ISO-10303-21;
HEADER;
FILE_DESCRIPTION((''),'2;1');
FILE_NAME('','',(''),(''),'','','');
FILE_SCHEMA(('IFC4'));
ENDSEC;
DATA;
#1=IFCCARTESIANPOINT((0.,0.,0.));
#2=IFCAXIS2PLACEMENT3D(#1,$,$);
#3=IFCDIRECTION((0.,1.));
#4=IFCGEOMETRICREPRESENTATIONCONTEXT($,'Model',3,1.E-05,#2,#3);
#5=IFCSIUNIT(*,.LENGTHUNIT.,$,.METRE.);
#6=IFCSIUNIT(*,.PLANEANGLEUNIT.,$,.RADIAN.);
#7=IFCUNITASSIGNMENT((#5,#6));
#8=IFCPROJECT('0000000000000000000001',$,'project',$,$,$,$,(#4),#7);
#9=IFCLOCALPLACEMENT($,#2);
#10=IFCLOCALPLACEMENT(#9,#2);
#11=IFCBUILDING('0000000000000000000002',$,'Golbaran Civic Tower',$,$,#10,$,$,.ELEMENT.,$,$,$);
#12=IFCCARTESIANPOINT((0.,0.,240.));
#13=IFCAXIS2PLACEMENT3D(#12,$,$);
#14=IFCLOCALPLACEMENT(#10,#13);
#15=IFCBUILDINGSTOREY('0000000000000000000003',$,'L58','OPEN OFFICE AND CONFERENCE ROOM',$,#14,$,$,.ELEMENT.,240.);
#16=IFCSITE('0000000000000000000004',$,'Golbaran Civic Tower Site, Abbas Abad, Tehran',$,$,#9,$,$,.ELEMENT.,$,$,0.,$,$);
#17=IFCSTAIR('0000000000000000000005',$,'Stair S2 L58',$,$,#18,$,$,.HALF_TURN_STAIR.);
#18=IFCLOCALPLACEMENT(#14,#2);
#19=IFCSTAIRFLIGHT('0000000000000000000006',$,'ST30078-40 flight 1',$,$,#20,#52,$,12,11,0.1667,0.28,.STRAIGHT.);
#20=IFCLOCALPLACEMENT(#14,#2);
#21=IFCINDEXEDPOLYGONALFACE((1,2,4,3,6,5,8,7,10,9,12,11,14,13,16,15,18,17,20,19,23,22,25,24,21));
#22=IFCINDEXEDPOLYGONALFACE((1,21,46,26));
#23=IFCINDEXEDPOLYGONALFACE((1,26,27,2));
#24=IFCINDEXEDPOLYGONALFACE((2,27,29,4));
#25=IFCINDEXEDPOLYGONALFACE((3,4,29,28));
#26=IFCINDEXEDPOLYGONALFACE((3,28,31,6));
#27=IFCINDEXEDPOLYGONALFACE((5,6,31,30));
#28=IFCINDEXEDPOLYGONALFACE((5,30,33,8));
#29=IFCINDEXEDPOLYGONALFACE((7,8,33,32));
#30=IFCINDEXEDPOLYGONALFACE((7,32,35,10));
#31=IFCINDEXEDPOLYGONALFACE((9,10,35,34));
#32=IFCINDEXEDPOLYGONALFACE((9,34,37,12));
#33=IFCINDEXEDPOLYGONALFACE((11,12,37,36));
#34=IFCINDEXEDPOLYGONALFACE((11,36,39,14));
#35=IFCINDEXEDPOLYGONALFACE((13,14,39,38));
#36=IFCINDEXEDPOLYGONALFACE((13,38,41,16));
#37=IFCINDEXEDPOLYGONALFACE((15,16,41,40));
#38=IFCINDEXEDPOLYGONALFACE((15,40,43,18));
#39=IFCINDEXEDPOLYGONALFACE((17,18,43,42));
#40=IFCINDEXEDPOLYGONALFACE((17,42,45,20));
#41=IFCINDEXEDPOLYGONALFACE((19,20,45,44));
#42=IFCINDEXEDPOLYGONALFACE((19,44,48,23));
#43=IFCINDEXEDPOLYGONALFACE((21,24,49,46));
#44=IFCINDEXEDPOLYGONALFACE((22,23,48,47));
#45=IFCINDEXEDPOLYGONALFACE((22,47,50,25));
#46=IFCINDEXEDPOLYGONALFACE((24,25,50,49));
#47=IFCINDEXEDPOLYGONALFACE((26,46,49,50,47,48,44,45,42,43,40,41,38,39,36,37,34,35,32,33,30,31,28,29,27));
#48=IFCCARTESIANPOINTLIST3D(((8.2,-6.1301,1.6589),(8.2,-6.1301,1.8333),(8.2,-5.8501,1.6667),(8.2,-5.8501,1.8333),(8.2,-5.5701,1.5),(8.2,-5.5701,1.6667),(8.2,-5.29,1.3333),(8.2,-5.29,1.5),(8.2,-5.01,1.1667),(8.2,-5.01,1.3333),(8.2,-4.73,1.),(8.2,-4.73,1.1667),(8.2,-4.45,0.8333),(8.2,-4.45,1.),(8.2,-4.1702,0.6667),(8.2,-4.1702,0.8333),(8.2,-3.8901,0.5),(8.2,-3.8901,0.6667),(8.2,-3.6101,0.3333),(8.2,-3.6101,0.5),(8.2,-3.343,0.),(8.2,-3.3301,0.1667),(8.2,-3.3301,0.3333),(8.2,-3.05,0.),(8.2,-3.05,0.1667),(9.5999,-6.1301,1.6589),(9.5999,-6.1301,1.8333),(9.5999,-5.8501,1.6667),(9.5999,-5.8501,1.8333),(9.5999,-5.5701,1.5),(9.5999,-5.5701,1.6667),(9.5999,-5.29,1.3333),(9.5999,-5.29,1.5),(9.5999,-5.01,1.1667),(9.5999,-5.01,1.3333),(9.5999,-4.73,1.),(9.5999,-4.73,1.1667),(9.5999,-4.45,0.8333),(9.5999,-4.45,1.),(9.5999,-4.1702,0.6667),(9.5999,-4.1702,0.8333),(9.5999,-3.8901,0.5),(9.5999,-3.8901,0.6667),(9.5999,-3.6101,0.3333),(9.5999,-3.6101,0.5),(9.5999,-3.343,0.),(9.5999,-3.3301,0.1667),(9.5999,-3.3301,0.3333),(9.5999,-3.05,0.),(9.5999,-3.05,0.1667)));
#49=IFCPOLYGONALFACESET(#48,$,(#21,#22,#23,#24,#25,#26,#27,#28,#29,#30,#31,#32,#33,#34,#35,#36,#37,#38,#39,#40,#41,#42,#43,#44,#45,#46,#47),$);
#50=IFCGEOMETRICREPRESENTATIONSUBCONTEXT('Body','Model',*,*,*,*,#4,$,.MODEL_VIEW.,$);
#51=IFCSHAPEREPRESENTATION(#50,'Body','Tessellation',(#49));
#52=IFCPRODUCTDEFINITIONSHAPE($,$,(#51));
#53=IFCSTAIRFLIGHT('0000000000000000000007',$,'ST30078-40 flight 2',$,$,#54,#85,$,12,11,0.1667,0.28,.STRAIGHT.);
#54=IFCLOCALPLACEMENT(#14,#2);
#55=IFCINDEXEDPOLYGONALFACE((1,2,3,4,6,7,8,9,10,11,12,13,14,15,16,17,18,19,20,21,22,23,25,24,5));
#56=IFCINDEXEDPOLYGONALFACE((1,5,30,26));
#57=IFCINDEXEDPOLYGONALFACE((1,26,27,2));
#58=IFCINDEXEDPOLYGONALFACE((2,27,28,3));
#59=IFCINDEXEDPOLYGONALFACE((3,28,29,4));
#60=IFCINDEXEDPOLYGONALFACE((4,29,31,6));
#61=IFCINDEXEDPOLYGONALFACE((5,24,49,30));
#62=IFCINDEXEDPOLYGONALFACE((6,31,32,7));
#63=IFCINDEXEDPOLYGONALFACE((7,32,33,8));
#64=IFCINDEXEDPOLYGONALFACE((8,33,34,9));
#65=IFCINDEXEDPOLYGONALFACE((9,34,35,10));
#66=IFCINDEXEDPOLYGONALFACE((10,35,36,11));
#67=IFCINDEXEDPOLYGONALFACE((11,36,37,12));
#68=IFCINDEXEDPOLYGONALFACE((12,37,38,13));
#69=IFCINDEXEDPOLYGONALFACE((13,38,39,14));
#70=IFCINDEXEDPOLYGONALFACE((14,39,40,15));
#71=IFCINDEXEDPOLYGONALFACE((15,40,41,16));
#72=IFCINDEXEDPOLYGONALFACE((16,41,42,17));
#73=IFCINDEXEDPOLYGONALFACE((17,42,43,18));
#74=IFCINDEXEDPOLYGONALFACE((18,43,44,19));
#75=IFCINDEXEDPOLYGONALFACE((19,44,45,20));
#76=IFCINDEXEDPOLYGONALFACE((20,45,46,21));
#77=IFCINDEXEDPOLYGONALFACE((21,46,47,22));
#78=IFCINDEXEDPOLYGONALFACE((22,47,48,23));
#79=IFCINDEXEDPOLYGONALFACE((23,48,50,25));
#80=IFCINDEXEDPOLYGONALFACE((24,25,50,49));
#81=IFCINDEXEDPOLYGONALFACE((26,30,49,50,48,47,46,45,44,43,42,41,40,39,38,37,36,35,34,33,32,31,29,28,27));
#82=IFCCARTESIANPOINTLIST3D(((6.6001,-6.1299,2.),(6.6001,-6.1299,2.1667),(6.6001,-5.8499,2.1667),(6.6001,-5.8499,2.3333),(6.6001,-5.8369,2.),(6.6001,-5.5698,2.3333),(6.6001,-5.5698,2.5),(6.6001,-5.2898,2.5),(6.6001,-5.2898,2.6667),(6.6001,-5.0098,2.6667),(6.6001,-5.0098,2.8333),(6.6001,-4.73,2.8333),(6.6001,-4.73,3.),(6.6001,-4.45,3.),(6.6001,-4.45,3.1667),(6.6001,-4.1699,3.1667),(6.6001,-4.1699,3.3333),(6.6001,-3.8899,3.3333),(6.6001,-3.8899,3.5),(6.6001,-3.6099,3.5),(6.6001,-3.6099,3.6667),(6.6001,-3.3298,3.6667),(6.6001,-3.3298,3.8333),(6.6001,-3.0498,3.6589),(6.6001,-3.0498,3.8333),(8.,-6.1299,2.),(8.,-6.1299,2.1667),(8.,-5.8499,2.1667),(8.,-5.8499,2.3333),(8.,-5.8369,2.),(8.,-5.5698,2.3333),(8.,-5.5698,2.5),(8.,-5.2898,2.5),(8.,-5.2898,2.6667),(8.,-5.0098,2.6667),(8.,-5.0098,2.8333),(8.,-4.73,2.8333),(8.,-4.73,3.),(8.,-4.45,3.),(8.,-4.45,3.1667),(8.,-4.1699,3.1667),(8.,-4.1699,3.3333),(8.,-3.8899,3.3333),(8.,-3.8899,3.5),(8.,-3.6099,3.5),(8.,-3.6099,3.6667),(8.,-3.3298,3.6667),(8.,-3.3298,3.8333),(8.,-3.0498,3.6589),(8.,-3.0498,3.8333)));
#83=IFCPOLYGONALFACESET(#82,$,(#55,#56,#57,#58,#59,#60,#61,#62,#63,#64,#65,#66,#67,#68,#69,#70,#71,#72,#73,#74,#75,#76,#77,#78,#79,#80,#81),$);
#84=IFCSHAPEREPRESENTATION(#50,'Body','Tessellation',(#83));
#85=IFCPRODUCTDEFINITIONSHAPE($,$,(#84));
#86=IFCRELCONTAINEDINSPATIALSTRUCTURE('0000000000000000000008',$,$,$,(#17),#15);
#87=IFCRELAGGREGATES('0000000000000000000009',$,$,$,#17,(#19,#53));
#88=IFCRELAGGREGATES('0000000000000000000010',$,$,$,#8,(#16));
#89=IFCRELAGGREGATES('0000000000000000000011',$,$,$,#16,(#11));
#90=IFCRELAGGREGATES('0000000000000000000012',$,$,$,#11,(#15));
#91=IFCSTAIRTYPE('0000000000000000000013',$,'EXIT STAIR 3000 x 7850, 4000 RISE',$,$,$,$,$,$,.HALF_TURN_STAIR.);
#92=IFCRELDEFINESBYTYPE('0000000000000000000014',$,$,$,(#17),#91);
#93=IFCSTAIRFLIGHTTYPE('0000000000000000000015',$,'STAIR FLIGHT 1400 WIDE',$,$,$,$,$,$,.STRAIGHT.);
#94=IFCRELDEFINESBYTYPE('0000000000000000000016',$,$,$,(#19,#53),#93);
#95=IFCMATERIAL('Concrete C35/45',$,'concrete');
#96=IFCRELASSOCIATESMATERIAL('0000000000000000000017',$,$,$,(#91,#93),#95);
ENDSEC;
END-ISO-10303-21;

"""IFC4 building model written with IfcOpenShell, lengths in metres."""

from ifc_helpers import new_model, si_unit, direction, frame, origin, place, context, subcontext, project, spatial, polyline, outline, extrude, material, type_object, element, aggregate, save


model = new_model("IFC4")

# Units and contexts
model_context = context("Model", 3, precision=1e-05, world=origin(), true_north=direction((0.0, 1.0)))
body_context = subcontext(model_context, "Body", "Model", "MODEL_VIEW")
ifc_project = project(units=[si_unit("LENGTHUNIT", "METRE"), si_unit("PLANEANGLEUNIT", "RADIAN")], contexts=[model_context])

# Site, building, storey
site_placement = place(None, origin())
site = spatial("IfcSite", under=ifc_project, at=site_placement, Name="Golbaran Civic Tower Site, Abbas Abad, Tehran", CompositionType="ELEMENT", RefElevation=0.0)
building_placement = place(site_placement, origin())
building = spatial("IfcBuilding", under=site, at=building_placement, Name="Golbaran Civic Tower", CompositionType="ELEMENT")
storey_placement = place(building_placement, frame((0.0, 0.0, 240.0)))
storey = spatial("IfcBuildingStorey", under=building, at=storey_placement, Name="L58", Description="OPEN OFFICE AND CONFERENCE ROOM", CompositionType="ELEMENT", Elevation=240.0)

# Shared definitions
ifc_material_1 = material(Name="Concrete C35/45", Category="concrete")

# Stair
stair_type_1 = type_object("IfcStairType", Name="EXIT STAIR 3000 x 7850, 4000 RISE", PredefinedType="HALF_TURN_STAIR", material=ifc_material_1)
stair_1_placement = place(storey_placement, origin())
stair_1 = element("IfcStair", 1, at=stair_1_placement, inside=storey, type_object=stair_type_1, Name="Stair S2 L58", PredefinedType="HALF_TURN_STAIR")

# Stair flights
stair_flight_type = type_object("IfcStairFlightType", Name="STAIR FLIGHT 1400 WIDE", PredefinedType="STRAIGHT", material=ifc_material_1)
stair_flight_1_placement = place(storey_placement, frame((8.8999, -3.05, 0.0), z_axis=(0.0, 0.0, 1.0), x_axis=(0.0, -1.0, 0.0)))
stair_flight_1 = element("IfcStairFlight", 2, at=stair_flight_1_placement, type_object=stair_flight_type, Name="ST30078-40 flight 1", NumberOfRisers=12, NumberOfTreads=11, PredefinedType="STRAIGHT", RiserHeight=0.1667, TreadLength=0.28, context=body_context, shape_type="SweptSolid", body=[
    extrude(outline(polyline([(0.0, 0.0), (0.0, 0.1667), (0.28, 0.1667), (0.28, 0.3333), (0.5601, 0.3333), (0.5601, 0.5), (0.8401, 0.5), (0.8401, 0.6667), (1.1201, 0.6667), (1.1201, 0.8333), (1.3999, 0.8333), (1.3999, 1.0), (1.6799, 1.0), (1.6799, 1.1667), (1.96, 1.1667), (1.96, 1.3333), (2.24, 1.3333), (2.24, 1.5), (2.52, 1.5), (2.52, 1.6667), (2.8, 1.6667), (2.8, 1.8333), (3.0801, 1.8333), (3.0801, 2.0), (3.0801, 1.6589), (0.293, 0.0), (0.0, 0.0)])), frame((0.0, 0.7, 0.0), z_axis=(0.0, -1.0, 0.0), x_axis=(1.0, 0.0, 0.0)), (0.0, 0.0, 1.0), 1.3999),
])
stair_flight_2_placement = place(storey_placement, frame((7.3, -6.1299, 2.0), z_axis=(0.0, 0.0, 1.0), x_axis=(0.0, 1.0, 0.0)))
stair_flight_2 = element("IfcStairFlight", 3, at=stair_flight_2_placement, type_object=stair_flight_type, Name="ST30078-40 flight 2", NumberOfRisers=12, NumberOfTreads=11, PredefinedType="STRAIGHT", RiserHeight=0.1667, TreadLength=0.28, context=body_context, shape_type="SweptSolid", body=[
    extrude(outline(polyline([(0.0, 0.0), (0.0, 0.1667), (0.28, 0.1667), (0.28, 0.3333), (0.5601, 0.3333), (0.5601, 0.5), (0.8401, 0.5), (0.8401, 0.6667), (1.1201, 0.6667), (1.1201, 0.8333), (1.3999, 0.8333), (1.3999, 1.0), (1.6799, 1.0), (1.6799, 1.1667), (1.96, 1.1667), (1.96, 1.3333), (2.24, 1.3333), (2.24, 1.5), (2.52, 1.5), (2.52, 1.6667), (2.8, 1.6667), (2.8, 1.8333), (3.0801, 1.8333), (3.0801, 2.0), (3.0801, 1.6589), (0.293, 0.0), (0.0, 0.0)])), frame((0.0, 0.7, 0.0), z_axis=(0.0, -1.0, 0.0), x_axis=(1.0, 0.0, 0.0)), (0.0, 0.0, 1.0), 1.3999),
])
aggregate(stair_1, [stair_flight_1, stair_flight_2])

save(model, "model.ifc")
